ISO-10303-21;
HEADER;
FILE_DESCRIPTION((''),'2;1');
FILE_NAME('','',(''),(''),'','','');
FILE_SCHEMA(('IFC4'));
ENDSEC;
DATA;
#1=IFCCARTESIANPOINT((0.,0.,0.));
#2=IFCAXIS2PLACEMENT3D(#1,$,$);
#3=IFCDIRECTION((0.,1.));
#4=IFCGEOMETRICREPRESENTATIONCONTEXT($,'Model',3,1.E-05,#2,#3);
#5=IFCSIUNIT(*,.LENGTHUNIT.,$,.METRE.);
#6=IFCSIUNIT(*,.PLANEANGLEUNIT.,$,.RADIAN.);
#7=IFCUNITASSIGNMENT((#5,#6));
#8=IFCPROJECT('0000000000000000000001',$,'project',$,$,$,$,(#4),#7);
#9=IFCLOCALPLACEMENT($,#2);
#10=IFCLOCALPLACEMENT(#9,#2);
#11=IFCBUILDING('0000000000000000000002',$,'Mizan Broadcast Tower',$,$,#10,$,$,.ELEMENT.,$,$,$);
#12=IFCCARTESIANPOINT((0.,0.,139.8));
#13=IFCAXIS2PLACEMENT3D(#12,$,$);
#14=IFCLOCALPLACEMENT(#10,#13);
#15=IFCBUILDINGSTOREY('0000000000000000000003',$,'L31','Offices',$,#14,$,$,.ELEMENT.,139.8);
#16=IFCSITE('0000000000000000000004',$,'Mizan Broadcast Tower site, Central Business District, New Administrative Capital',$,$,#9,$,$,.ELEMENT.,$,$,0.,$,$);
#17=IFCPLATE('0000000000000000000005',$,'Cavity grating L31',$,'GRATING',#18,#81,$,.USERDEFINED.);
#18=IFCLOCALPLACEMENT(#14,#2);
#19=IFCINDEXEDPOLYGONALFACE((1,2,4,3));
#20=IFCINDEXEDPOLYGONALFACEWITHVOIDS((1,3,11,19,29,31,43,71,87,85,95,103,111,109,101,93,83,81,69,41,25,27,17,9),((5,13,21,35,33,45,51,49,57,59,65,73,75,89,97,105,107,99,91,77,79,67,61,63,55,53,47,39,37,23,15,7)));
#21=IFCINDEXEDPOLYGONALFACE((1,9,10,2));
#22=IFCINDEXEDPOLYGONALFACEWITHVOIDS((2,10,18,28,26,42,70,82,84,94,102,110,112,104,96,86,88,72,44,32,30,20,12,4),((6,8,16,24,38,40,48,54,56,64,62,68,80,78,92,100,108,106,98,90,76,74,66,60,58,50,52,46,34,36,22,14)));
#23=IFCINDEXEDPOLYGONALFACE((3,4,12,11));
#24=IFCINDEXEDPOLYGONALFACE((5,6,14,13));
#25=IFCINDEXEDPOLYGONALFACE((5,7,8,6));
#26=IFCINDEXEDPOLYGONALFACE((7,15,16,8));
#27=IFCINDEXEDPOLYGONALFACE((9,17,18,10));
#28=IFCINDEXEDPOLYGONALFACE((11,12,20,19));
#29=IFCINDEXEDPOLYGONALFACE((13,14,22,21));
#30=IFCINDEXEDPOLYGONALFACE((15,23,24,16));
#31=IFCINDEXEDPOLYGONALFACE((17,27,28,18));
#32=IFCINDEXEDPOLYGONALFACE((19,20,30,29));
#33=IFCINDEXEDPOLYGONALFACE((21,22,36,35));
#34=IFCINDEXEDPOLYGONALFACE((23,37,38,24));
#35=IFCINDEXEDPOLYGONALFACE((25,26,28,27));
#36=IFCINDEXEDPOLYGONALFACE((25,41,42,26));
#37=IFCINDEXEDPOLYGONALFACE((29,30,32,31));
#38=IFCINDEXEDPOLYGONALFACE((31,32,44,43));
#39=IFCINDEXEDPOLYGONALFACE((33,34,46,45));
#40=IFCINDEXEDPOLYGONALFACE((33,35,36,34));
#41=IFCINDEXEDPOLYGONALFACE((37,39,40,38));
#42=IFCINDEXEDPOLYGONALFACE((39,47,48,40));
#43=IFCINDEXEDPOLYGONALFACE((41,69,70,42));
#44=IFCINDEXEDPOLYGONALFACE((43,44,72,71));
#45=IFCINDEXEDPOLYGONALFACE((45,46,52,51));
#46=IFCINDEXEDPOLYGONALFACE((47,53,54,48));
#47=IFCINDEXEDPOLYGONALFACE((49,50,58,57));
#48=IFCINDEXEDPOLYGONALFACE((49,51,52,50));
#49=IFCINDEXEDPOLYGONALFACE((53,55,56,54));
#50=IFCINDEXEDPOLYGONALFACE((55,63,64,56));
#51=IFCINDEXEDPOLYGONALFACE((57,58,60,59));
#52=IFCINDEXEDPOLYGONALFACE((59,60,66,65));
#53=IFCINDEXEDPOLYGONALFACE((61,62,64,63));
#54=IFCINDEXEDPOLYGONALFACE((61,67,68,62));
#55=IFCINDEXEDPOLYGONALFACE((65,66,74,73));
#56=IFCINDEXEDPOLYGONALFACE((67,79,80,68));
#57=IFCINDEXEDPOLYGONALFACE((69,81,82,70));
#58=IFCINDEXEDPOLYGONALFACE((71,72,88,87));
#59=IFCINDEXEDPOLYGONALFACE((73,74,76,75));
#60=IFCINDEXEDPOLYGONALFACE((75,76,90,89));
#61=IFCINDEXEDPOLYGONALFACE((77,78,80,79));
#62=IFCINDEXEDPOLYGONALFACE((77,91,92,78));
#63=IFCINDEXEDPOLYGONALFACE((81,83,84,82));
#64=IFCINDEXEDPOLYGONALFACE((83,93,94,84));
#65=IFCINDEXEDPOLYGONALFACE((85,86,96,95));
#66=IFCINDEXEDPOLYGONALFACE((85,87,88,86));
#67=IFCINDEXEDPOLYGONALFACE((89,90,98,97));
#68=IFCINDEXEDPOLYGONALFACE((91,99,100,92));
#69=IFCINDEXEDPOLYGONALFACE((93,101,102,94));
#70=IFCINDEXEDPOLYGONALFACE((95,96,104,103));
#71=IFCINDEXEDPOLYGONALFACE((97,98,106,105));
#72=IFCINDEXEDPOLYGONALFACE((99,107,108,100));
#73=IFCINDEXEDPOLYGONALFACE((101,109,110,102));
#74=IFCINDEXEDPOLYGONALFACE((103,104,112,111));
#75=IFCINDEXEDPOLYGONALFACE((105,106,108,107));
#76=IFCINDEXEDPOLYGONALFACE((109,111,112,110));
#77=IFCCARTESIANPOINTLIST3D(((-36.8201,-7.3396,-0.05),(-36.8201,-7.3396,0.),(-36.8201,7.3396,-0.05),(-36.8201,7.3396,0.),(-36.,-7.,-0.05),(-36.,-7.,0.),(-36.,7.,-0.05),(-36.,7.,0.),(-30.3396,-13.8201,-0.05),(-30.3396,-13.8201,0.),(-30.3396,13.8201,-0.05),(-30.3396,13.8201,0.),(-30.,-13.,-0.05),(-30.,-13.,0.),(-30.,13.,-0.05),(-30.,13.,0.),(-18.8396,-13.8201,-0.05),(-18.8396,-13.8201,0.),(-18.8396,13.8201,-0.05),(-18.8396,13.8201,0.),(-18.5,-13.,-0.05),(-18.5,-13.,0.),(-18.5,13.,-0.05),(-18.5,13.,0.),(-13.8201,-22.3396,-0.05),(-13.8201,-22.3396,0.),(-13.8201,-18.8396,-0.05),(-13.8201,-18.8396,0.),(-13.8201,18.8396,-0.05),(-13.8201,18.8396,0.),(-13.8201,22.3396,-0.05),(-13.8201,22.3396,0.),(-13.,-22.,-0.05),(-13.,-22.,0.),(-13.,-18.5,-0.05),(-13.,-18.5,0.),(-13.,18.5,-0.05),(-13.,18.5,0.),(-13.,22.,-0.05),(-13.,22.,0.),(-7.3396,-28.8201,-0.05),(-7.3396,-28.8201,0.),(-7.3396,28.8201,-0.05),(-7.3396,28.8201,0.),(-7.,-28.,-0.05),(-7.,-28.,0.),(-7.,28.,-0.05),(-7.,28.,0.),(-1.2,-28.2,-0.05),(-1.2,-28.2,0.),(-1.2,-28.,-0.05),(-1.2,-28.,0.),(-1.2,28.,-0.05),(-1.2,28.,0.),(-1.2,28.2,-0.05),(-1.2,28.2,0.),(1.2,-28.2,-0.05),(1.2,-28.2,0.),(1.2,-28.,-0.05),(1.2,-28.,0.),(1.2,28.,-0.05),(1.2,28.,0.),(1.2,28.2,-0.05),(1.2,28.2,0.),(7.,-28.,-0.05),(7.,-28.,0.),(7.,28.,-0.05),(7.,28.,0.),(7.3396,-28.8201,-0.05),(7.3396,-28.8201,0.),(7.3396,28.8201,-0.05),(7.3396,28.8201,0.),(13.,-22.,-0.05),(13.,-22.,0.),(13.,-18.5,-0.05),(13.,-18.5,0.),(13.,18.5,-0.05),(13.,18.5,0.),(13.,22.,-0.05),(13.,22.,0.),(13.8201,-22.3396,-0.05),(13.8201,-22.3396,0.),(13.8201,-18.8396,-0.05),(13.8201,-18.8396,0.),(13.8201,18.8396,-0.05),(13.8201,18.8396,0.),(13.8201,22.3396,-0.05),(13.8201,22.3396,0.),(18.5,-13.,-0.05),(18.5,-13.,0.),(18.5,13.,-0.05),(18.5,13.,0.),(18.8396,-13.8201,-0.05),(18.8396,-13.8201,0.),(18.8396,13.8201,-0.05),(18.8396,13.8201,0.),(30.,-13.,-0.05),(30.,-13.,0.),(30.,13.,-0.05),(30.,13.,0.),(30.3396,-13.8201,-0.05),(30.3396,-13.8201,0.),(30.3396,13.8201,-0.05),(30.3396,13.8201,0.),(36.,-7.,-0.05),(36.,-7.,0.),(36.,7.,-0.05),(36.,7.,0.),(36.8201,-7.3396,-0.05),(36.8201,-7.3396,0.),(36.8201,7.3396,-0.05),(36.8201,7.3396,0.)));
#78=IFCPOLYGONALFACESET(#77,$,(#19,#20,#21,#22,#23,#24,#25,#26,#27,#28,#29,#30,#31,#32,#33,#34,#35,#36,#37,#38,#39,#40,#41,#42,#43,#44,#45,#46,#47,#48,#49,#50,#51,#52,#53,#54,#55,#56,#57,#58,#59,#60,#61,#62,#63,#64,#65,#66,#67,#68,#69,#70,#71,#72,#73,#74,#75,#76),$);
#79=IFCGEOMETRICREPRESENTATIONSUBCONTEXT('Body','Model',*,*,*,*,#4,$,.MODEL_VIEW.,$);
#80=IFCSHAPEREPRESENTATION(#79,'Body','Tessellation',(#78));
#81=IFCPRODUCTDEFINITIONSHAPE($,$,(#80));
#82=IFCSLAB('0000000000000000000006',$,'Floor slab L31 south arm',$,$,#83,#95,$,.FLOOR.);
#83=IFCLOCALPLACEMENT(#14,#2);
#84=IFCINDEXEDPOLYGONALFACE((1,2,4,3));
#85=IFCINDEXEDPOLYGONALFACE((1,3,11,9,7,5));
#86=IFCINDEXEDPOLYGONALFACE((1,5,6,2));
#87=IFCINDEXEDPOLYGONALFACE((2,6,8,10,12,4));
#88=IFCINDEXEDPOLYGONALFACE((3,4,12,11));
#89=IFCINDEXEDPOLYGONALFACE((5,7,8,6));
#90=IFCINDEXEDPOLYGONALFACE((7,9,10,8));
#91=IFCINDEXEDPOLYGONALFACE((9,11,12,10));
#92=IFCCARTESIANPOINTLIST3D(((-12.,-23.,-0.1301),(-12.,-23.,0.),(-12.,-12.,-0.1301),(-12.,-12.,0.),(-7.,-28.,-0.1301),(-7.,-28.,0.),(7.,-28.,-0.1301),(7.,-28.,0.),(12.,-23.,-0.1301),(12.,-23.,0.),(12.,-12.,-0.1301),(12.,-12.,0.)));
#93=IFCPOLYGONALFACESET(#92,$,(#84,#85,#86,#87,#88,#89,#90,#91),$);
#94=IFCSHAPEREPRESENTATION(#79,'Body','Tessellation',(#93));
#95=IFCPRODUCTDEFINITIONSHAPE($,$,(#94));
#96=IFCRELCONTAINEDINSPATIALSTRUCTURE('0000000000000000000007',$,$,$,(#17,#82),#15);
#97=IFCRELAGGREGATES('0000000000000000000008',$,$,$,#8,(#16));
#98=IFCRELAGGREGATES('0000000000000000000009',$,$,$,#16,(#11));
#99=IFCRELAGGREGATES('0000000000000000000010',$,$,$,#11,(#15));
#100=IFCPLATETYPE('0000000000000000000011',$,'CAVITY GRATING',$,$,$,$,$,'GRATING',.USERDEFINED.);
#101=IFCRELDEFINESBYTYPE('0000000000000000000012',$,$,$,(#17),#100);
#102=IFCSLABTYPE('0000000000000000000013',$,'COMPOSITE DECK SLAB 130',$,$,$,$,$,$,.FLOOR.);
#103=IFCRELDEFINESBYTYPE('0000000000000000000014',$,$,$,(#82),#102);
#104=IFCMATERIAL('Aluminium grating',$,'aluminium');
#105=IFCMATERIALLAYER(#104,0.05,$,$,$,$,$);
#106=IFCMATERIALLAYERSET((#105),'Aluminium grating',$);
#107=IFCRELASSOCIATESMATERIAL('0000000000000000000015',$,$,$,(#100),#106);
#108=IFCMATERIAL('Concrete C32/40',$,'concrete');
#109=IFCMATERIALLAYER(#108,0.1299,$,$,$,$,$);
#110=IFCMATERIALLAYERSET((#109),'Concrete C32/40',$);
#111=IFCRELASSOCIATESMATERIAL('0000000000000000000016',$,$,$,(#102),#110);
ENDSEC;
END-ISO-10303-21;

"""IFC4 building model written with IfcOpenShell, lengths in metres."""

from ifc_helpers import new_model, si_unit, direction, frame, origin, place, context, subcontext, project, spatial, polyline, outline, extrude, material, layer, layer_set, type_object, element, save


model = new_model("IFC4")

# Units and contexts
model_context = context("Model", 3, precision=1e-05, world=origin(), true_north=direction((0.0, 1.0)))
body_context = subcontext(model_context, "Body", "Model", "MODEL_VIEW")
ifc_project = project(units=[si_unit("LENGTHUNIT", "METRE"), si_unit("PLANEANGLEUNIT", "RADIAN")], contexts=[model_context])

# Site, building, storey
site_placement = place(None, origin())
site = spatial("IfcSite", under=ifc_project, at=site_placement, Name="Mizan Broadcast Tower site, Central Business District, New Administrative Capital", CompositionType="ELEMENT", RefElevation=0.0)
building_placement = place(site_placement, origin())
building = spatial("IfcBuilding", under=site, at=building_placement, Name="Mizan Broadcast Tower", CompositionType="ELEMENT")
storey_placement = place(building_placement, frame((0.0, 0.0, 139.8)))
storey = spatial("IfcBuildingStorey", under=building, at=storey_placement, Name="L31", Description="Offices", CompositionType="ELEMENT", Elevation=139.8)

# Plate
ifc_material_1 = material(Name="Aluminium grating", Category="aluminium")
ifc_layer_1 = layer(ifc_material_1, 0.05)
ifc_layer_set_1 = layer_set([ifc_layer_1], Name="Aluminium grating")
plate_type = type_object("IfcPlateType", Name="CAVITY GRATING", ElementType="GRATING", PredefinedType="USERDEFINED", material=ifc_layer_set_1)
plate_placement = place(storey_placement, frame((0.0, 0.0, -0.05)))
element("IfcPlate", 1, at=plate_placement, inside=storey, type_object=plate_type, Name="Cavity grating L31", ObjectType="GRATING", PredefinedType="USERDEFINED", context=body_context, shape_type="SweptSolid", body=[
    extrude(outline(polyline([(13.8201, -18.8396), (18.8396, -13.8201), (30.3396, -13.8201), (36.8201, -7.3396), (36.8201, 7.3396), (30.3396, 13.8201), (18.8396, 13.8201), (13.8201, 18.8396), (13.8201, 22.3396), (7.3396, 28.8201), (-7.3396, 28.8201), (-13.8201, 22.3396), (-13.8201, 18.8396), (-18.8396, 13.8201), (-30.3396, 13.8201), (-36.8201, 7.3396), (-36.8201, -7.3396), (-30.3396, -13.8201), (-18.8396, -13.8201), (-13.8201, -18.8396), (-13.8201, -22.3396), (-7.3396, -28.8201), (7.3396, -28.8201), (13.8201, -22.3396), (13.8201, -18.8396)]), holes=[polyline([(36.0, 7.0), (36.0, -7.0), (30.0, -13.0), (18.5, -13.0), (13.0, -18.5), (13.0, -22.0), (7.0, -28.0), (1.2, -28.0), (1.2, -28.2), (-1.2, -28.2), (-1.2, -28.0), (-7.0, -28.0), (-13.0, -22.0), (-13.0, -18.5), (-18.5, -13.0), (-30.0, -13.0), (-36.0, -7.0), (-36.0, 7.0), (-30.0, 13.0), (-18.5, 13.0), (-13.0, 18.5), (-13.0, 22.0), (-7.0, 28.0), (-1.2, 28.0), (-1.2, 28.2), (1.2, 28.2), (1.2, 28.0), (7.0, 28.0), (13.0, 22.0), (13.0, 18.5), (18.5, 13.0), (30.0, 13.0), (36.0, 7.0)])]), origin(), (0.0, 0.0, 1.0), 0.05),
])

# Slab
ifc_material_2 = material(Name="Concrete C32/40", Category="concrete")
ifc_layer_2 = layer(ifc_material_2, 0.1299)
ifc_layer_set_2 = layer_set([ifc_layer_2], Name="Concrete C32/40")
slab_type_1 = type_object("IfcSlabType", Name="COMPOSITE DECK SLAB 130", PredefinedType="FLOOR", material=ifc_layer_set_2)
slab_1_placement = place(storey_placement, frame((0.0, 0.0, -0.1301)))
element("IfcSlab", 2, at=slab_1_placement, inside=storey, type_object=slab_type_1, Name="Floor slab L31 south arm", PredefinedType="FLOOR", context=body_context, shape_type="SweptSolid", body=[
    extrude(outline(polyline([(7.0, -28.0), (12.0, -23.0), (12.0, -12.0), (-12.0, -12.0), (-12.0, -23.0), (-7.0, -28.0), (7.0, -28.0)])), origin(), (0.0, 0.0, 1.0), 0.1301),
])

save(model, "model.ifc")
